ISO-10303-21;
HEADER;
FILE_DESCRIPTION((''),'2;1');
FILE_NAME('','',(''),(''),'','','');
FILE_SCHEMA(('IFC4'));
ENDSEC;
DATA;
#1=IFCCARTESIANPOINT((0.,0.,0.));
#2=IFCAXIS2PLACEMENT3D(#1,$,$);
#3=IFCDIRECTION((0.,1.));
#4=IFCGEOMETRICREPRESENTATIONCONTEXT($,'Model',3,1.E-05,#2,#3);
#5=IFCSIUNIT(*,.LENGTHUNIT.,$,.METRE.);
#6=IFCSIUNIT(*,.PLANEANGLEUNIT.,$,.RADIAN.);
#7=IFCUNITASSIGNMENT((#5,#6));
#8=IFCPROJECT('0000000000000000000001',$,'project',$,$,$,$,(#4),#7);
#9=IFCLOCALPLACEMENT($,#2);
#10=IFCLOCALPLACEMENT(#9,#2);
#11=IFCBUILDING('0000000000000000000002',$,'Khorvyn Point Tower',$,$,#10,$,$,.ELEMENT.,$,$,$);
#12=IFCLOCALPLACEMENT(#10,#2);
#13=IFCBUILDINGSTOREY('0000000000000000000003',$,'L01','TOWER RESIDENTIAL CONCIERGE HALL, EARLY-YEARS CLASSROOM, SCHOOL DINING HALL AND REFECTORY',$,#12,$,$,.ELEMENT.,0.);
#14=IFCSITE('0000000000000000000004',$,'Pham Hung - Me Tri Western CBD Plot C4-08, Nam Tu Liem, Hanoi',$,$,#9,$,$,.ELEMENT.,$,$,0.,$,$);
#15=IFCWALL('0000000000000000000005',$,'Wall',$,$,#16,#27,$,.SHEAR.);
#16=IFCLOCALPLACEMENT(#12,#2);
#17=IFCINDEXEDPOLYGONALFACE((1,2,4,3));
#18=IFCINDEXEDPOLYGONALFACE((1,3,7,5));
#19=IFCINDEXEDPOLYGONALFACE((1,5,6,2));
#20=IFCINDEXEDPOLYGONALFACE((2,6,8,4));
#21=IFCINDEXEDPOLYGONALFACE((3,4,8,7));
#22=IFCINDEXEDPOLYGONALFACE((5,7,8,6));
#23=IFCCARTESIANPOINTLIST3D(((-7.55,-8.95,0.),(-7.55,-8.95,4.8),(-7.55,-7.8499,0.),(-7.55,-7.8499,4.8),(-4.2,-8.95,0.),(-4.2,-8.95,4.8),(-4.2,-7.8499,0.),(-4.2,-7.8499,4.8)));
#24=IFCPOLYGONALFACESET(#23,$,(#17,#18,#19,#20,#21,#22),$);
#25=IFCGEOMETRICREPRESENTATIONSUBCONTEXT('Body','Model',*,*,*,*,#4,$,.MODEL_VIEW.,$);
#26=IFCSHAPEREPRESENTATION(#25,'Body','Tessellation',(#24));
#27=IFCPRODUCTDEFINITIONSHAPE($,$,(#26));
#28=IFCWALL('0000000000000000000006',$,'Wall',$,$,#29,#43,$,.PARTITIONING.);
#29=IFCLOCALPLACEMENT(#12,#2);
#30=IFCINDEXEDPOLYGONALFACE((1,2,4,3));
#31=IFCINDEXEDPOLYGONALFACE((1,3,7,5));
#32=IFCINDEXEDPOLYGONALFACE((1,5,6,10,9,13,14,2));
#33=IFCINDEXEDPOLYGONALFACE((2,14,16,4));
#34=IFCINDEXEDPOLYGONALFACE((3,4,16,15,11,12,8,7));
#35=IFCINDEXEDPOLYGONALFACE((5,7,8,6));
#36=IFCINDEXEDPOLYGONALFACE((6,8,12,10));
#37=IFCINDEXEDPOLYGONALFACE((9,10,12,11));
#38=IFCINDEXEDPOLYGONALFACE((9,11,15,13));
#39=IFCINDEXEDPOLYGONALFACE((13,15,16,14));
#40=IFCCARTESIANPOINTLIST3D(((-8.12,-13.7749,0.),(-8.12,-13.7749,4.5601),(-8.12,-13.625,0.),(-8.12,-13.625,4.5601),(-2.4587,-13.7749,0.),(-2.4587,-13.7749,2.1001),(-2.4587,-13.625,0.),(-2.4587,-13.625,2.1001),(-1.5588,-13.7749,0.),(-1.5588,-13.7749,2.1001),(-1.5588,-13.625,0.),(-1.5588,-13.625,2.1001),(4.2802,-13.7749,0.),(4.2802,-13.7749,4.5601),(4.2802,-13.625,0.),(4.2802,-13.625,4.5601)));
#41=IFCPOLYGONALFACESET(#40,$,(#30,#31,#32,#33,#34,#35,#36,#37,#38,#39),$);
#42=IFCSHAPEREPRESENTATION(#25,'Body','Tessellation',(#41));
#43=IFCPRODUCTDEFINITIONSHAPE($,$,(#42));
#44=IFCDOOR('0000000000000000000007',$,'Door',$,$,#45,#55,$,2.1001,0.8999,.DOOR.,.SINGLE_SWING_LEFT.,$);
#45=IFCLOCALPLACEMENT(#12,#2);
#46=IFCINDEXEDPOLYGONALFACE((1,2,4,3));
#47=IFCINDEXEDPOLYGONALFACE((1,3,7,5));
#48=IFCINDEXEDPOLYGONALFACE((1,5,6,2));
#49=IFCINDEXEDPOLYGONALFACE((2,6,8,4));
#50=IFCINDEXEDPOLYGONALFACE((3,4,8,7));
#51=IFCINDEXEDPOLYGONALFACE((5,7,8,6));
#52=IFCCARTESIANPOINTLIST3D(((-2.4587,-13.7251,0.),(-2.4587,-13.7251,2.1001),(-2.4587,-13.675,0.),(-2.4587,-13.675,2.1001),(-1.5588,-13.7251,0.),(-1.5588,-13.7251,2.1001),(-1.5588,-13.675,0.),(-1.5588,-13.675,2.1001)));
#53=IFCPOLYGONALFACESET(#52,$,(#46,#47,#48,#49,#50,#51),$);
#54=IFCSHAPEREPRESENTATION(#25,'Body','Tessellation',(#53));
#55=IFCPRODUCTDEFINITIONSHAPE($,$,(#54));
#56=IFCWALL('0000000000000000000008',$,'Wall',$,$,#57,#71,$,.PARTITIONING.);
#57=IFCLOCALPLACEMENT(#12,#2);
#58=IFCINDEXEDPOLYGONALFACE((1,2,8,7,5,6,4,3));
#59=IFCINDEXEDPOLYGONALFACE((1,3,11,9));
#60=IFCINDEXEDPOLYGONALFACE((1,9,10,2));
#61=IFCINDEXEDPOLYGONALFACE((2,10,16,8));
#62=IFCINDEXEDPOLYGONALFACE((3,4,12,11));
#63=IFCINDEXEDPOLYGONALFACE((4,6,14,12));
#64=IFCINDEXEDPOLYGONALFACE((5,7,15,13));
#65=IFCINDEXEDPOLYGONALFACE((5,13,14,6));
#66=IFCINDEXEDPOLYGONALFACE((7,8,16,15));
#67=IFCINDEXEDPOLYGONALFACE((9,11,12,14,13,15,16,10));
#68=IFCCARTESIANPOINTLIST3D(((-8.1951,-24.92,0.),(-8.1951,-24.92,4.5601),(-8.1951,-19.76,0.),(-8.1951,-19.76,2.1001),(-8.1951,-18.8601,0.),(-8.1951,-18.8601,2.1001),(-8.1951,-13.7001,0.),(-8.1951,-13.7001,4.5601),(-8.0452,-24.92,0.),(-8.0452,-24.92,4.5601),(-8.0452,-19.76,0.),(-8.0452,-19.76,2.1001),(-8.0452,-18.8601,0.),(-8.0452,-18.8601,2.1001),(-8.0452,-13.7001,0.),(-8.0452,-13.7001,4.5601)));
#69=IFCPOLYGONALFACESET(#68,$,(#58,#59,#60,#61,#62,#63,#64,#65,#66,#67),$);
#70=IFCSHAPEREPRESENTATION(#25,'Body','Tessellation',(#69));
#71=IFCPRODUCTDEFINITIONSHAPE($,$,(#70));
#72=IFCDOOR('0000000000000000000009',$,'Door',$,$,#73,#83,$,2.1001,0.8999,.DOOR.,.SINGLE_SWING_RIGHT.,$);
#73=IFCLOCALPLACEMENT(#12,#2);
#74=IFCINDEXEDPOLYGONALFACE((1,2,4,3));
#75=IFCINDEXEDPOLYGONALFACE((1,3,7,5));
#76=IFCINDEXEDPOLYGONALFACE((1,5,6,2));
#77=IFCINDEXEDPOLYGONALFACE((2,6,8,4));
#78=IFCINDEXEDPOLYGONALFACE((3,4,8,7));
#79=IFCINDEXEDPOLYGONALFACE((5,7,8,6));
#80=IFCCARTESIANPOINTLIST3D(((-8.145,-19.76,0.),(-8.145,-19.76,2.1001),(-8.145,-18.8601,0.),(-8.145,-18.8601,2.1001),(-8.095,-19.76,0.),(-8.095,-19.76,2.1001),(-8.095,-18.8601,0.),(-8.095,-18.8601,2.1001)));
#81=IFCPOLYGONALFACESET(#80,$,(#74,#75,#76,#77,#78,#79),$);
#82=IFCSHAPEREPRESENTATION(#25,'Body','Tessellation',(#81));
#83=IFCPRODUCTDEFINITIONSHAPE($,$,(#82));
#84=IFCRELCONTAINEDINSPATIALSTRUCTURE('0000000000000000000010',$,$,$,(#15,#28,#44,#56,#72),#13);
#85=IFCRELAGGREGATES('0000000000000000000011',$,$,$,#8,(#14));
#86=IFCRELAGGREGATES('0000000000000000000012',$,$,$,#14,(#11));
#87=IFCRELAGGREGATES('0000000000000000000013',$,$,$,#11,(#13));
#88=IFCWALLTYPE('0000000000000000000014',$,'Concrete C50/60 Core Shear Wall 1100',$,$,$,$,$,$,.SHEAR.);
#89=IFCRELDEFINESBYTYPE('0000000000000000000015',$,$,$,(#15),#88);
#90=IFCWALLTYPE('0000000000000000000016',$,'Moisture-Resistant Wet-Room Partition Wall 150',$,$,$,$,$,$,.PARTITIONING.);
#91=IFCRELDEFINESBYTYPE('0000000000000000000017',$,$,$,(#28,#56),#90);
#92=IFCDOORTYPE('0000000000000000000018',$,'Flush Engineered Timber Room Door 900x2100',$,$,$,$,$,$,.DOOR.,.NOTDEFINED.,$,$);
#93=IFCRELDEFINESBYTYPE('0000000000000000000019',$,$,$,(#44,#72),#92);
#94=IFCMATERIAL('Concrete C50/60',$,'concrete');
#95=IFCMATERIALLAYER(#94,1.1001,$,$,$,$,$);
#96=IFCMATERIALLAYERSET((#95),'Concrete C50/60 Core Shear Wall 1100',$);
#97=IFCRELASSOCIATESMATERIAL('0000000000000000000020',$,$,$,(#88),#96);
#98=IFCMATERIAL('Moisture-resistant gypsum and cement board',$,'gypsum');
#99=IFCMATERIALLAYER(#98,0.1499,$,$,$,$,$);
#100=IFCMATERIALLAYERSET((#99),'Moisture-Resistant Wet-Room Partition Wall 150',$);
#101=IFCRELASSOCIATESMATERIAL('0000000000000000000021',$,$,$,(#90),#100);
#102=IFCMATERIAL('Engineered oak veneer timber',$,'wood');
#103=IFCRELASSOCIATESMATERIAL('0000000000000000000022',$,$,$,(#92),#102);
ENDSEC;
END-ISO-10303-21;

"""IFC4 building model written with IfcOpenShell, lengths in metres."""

from ifc_helpers import new_model, si_unit, direction, frame, frame_2d, origin, place, context, subcontext, project, spatial, rectangle, extrude, material, layer, layer_set, type_object, element, fill, save


model = new_model("IFC4")

# Units and contexts
model_context = context("Model", 3, precision=1e-05, world=origin(), true_north=direction((0.0, 1.0)))
body_context = subcontext(model_context, "Body", "Model", "MODEL_VIEW")
ifc_project = project(units=[si_unit("LENGTHUNIT", "METRE"), si_unit("PLANEANGLEUNIT", "RADIAN")], contexts=[model_context])

# Site, building, storey
site_placement = place(None, origin())
site = spatial("IfcSite", under=ifc_project, at=site_placement, Name="Pham Hung - Me Tri Western CBD Plot C4-08, Nam Tu Liem, Hanoi", CompositionType="ELEMENT", RefElevation=0.0)
building_placement = place(site_placement, origin())
building = spatial("IfcBuilding", under=site, at=building_placement, Name="Khorvyn Point Tower", CompositionType="ELEMENT")
storey_placement = place(building_placement, origin())
storey = spatial("IfcBuildingStorey", under=building, at=storey_placement, Name="L01", Description="TOWER RESIDENTIAL CONCIERGE HALL, EARLY-YEARS CLASSROOM, SCHOOL DINING HALL AND REFECTORY", CompositionType="ELEMENT", Elevation=0.0)

# Shared definitions
ifc_material_1 = material(Name="Concrete C50/60", Category="concrete")

# Wall
ifc_layer_1 = layer(ifc_material_1, 1.1001)
ifc_layer_set_1 = layer_set([ifc_layer_1], Name="Concrete C50/60 Core Shear Wall 1100")
wall_type_1 = type_object("IfcWallType", Name="Concrete C50/60 Core Shear Wall 1100", PredefinedType="SHEAR", material=ifc_layer_set_1)
wall_1_placement = place(storey_placement, frame((-7.55, -8.3999, 0.0), z_axis=(0.0, 0.0, 1.0), x_axis=(1.0, 0.0, 0.0)))
element("IfcWall", 1, at=wall_1_placement, inside=storey, type_object=wall_type_1, Name="Wall", PredefinedType="SHEAR", context=body_context, shape_type="SweptSolid", body=[
    extrude(rectangle(XDim=3.3501, YDim=1.1001, at=frame_2d((1.675, 0.0))), origin(), (0.0, 0.0, 1.0), 4.8),
])

# Walls, openings, doors
ifc_material_2 = material(Name="Moisture-resistant gypsum and cement board", Category="gypsum")
ifc_layer_2 = layer(ifc_material_2, 0.1499)
ifc_layer_set_2 = layer_set([ifc_layer_2], Name="Moisture-Resistant Wet-Room Partition Wall 150")
wall_type_2 = type_object("IfcWallType", Name="Moisture-Resistant Wet-Room Partition Wall 150", PredefinedType="PARTITIONING", material=ifc_layer_set_2)
wall_2_placement = place(storey_placement, frame((-8.1201, -13.7, 0.0), z_axis=(0.0, 0.0, 1.0), x_axis=(1.0, 0.0, 0.0)))
wall_2 = element("IfcWall", 2, at=wall_2_placement, inside=storey, type_object=wall_type_2, Name="Wall", PredefinedType="PARTITIONING", context=body_context, shape_type="SweptSolid", body=[
    extrude(rectangle(XDim=12.4001, YDim=0.1499, at=frame_2d((6.2002, 0.0))), origin(), (0.0, 0.0, 1.0), 4.5601),
])
opening_1_placement = place(wall_2_placement, frame((5.6614, 0.0, 0.0)))
opening_1 = element("IfcOpeningElement", 3, at=opening_1_placement, cuts=wall_2, PredefinedType="OPENING", context=body_context, shape_type="SweptSolid", body=[
    extrude(rectangle(XDim=0.8999, YDim=2.1001, at=frame_2d((0.45, 1.05))), frame((0.0, 0.085, 0.0), z_axis=(0.0, -1.0, 0.0), x_axis=(1.0, 0.0, 0.0)), (0.0, 0.0, 1.0), 0.1699),
])
ifc_material_3 = material(Name="Engineered oak veneer timber", Category="wood")
door_type_1 = type_object("IfcDoorType", Name="Flush Engineered Timber Room Door 900x2100", OperationType="NOTDEFINED", PredefinedType="DOOR", material=ifc_material_3)
door_1_placement = place(opening_1_placement, origin())
door_1 = element("IfcDoor", 4, at=door_1_placement, inside=storey, type_object=door_type_1, Name="Door", OperationType="SINGLE_SWING_LEFT", OverallHeight=2.1001, OverallWidth=0.8999, PredefinedType="DOOR", context=body_context, shape_type="SweptSolid", body=[
    extrude(rectangle(XDim=0.8999, YDim=2.1001, at=frame_2d((0.45, 1.05))), frame((0.0, 0.0249, 0.0), z_axis=(0.0, -1.0, 0.0), x_axis=(1.0, 0.0, 0.0)), (0.0, 0.0, 1.0), 0.05),
])
fill(opening_1, door_1)
wall_3_placement = place(storey_placement, frame((-8.1201, -24.9199, 0.0), z_axis=(0.0, 0.0, 1.0), x_axis=(0.0, 1.0, 0.0)))
wall_3 = element("IfcWall", 5, at=wall_3_placement, inside=storey, type_object=wall_type_2, Name="Wall", PredefinedType="PARTITIONING", context=body_context, shape_type="SweptSolid", body=[
    extrude(rectangle(XDim=11.22, YDim=0.1499, at=frame_2d((5.6099, 0.0))), origin(), (0.0, 0.0, 1.0), 4.5601),
])
opening_2_placement = place(wall_3_placement, frame((5.1599, 0.0, 0.0)))
opening_2 = element("IfcOpeningElement", 6, at=opening_2_placement, cuts=wall_3, PredefinedType="OPENING", context=body_context, shape_type="SweptSolid", body=[
    extrude(rectangle(XDim=0.8999, YDim=2.1001, at=frame_2d((0.45, 1.05))), frame((0.0, 0.085, 0.0), z_axis=(0.0, -1.0, 0.0), x_axis=(1.0, 0.0, 0.0)), (0.0, 0.0, 1.0), 0.1699),
])
door_2_placement = place(opening_2_placement, origin())
door_2 = element("IfcDoor", 7, at=door_2_placement, inside=storey, type_object=door_type_1, Name="Door", OperationType="SINGLE_SWING_RIGHT", OverallHeight=2.1001, OverallWidth=0.8999, PredefinedType="DOOR", context=body_context, shape_type="SweptSolid", body=[
    extrude(rectangle(XDim=0.8999, YDim=2.1001, at=frame_2d((0.45, 1.05))), frame((0.0, 0.0249, 0.0), z_axis=(0.0, -1.0, 0.0), x_axis=(1.0, 0.0, 0.0)), (0.0, 0.0, 1.0), 0.05),
])
fill(opening_2, door_2)

save(model, "model.ifc")
